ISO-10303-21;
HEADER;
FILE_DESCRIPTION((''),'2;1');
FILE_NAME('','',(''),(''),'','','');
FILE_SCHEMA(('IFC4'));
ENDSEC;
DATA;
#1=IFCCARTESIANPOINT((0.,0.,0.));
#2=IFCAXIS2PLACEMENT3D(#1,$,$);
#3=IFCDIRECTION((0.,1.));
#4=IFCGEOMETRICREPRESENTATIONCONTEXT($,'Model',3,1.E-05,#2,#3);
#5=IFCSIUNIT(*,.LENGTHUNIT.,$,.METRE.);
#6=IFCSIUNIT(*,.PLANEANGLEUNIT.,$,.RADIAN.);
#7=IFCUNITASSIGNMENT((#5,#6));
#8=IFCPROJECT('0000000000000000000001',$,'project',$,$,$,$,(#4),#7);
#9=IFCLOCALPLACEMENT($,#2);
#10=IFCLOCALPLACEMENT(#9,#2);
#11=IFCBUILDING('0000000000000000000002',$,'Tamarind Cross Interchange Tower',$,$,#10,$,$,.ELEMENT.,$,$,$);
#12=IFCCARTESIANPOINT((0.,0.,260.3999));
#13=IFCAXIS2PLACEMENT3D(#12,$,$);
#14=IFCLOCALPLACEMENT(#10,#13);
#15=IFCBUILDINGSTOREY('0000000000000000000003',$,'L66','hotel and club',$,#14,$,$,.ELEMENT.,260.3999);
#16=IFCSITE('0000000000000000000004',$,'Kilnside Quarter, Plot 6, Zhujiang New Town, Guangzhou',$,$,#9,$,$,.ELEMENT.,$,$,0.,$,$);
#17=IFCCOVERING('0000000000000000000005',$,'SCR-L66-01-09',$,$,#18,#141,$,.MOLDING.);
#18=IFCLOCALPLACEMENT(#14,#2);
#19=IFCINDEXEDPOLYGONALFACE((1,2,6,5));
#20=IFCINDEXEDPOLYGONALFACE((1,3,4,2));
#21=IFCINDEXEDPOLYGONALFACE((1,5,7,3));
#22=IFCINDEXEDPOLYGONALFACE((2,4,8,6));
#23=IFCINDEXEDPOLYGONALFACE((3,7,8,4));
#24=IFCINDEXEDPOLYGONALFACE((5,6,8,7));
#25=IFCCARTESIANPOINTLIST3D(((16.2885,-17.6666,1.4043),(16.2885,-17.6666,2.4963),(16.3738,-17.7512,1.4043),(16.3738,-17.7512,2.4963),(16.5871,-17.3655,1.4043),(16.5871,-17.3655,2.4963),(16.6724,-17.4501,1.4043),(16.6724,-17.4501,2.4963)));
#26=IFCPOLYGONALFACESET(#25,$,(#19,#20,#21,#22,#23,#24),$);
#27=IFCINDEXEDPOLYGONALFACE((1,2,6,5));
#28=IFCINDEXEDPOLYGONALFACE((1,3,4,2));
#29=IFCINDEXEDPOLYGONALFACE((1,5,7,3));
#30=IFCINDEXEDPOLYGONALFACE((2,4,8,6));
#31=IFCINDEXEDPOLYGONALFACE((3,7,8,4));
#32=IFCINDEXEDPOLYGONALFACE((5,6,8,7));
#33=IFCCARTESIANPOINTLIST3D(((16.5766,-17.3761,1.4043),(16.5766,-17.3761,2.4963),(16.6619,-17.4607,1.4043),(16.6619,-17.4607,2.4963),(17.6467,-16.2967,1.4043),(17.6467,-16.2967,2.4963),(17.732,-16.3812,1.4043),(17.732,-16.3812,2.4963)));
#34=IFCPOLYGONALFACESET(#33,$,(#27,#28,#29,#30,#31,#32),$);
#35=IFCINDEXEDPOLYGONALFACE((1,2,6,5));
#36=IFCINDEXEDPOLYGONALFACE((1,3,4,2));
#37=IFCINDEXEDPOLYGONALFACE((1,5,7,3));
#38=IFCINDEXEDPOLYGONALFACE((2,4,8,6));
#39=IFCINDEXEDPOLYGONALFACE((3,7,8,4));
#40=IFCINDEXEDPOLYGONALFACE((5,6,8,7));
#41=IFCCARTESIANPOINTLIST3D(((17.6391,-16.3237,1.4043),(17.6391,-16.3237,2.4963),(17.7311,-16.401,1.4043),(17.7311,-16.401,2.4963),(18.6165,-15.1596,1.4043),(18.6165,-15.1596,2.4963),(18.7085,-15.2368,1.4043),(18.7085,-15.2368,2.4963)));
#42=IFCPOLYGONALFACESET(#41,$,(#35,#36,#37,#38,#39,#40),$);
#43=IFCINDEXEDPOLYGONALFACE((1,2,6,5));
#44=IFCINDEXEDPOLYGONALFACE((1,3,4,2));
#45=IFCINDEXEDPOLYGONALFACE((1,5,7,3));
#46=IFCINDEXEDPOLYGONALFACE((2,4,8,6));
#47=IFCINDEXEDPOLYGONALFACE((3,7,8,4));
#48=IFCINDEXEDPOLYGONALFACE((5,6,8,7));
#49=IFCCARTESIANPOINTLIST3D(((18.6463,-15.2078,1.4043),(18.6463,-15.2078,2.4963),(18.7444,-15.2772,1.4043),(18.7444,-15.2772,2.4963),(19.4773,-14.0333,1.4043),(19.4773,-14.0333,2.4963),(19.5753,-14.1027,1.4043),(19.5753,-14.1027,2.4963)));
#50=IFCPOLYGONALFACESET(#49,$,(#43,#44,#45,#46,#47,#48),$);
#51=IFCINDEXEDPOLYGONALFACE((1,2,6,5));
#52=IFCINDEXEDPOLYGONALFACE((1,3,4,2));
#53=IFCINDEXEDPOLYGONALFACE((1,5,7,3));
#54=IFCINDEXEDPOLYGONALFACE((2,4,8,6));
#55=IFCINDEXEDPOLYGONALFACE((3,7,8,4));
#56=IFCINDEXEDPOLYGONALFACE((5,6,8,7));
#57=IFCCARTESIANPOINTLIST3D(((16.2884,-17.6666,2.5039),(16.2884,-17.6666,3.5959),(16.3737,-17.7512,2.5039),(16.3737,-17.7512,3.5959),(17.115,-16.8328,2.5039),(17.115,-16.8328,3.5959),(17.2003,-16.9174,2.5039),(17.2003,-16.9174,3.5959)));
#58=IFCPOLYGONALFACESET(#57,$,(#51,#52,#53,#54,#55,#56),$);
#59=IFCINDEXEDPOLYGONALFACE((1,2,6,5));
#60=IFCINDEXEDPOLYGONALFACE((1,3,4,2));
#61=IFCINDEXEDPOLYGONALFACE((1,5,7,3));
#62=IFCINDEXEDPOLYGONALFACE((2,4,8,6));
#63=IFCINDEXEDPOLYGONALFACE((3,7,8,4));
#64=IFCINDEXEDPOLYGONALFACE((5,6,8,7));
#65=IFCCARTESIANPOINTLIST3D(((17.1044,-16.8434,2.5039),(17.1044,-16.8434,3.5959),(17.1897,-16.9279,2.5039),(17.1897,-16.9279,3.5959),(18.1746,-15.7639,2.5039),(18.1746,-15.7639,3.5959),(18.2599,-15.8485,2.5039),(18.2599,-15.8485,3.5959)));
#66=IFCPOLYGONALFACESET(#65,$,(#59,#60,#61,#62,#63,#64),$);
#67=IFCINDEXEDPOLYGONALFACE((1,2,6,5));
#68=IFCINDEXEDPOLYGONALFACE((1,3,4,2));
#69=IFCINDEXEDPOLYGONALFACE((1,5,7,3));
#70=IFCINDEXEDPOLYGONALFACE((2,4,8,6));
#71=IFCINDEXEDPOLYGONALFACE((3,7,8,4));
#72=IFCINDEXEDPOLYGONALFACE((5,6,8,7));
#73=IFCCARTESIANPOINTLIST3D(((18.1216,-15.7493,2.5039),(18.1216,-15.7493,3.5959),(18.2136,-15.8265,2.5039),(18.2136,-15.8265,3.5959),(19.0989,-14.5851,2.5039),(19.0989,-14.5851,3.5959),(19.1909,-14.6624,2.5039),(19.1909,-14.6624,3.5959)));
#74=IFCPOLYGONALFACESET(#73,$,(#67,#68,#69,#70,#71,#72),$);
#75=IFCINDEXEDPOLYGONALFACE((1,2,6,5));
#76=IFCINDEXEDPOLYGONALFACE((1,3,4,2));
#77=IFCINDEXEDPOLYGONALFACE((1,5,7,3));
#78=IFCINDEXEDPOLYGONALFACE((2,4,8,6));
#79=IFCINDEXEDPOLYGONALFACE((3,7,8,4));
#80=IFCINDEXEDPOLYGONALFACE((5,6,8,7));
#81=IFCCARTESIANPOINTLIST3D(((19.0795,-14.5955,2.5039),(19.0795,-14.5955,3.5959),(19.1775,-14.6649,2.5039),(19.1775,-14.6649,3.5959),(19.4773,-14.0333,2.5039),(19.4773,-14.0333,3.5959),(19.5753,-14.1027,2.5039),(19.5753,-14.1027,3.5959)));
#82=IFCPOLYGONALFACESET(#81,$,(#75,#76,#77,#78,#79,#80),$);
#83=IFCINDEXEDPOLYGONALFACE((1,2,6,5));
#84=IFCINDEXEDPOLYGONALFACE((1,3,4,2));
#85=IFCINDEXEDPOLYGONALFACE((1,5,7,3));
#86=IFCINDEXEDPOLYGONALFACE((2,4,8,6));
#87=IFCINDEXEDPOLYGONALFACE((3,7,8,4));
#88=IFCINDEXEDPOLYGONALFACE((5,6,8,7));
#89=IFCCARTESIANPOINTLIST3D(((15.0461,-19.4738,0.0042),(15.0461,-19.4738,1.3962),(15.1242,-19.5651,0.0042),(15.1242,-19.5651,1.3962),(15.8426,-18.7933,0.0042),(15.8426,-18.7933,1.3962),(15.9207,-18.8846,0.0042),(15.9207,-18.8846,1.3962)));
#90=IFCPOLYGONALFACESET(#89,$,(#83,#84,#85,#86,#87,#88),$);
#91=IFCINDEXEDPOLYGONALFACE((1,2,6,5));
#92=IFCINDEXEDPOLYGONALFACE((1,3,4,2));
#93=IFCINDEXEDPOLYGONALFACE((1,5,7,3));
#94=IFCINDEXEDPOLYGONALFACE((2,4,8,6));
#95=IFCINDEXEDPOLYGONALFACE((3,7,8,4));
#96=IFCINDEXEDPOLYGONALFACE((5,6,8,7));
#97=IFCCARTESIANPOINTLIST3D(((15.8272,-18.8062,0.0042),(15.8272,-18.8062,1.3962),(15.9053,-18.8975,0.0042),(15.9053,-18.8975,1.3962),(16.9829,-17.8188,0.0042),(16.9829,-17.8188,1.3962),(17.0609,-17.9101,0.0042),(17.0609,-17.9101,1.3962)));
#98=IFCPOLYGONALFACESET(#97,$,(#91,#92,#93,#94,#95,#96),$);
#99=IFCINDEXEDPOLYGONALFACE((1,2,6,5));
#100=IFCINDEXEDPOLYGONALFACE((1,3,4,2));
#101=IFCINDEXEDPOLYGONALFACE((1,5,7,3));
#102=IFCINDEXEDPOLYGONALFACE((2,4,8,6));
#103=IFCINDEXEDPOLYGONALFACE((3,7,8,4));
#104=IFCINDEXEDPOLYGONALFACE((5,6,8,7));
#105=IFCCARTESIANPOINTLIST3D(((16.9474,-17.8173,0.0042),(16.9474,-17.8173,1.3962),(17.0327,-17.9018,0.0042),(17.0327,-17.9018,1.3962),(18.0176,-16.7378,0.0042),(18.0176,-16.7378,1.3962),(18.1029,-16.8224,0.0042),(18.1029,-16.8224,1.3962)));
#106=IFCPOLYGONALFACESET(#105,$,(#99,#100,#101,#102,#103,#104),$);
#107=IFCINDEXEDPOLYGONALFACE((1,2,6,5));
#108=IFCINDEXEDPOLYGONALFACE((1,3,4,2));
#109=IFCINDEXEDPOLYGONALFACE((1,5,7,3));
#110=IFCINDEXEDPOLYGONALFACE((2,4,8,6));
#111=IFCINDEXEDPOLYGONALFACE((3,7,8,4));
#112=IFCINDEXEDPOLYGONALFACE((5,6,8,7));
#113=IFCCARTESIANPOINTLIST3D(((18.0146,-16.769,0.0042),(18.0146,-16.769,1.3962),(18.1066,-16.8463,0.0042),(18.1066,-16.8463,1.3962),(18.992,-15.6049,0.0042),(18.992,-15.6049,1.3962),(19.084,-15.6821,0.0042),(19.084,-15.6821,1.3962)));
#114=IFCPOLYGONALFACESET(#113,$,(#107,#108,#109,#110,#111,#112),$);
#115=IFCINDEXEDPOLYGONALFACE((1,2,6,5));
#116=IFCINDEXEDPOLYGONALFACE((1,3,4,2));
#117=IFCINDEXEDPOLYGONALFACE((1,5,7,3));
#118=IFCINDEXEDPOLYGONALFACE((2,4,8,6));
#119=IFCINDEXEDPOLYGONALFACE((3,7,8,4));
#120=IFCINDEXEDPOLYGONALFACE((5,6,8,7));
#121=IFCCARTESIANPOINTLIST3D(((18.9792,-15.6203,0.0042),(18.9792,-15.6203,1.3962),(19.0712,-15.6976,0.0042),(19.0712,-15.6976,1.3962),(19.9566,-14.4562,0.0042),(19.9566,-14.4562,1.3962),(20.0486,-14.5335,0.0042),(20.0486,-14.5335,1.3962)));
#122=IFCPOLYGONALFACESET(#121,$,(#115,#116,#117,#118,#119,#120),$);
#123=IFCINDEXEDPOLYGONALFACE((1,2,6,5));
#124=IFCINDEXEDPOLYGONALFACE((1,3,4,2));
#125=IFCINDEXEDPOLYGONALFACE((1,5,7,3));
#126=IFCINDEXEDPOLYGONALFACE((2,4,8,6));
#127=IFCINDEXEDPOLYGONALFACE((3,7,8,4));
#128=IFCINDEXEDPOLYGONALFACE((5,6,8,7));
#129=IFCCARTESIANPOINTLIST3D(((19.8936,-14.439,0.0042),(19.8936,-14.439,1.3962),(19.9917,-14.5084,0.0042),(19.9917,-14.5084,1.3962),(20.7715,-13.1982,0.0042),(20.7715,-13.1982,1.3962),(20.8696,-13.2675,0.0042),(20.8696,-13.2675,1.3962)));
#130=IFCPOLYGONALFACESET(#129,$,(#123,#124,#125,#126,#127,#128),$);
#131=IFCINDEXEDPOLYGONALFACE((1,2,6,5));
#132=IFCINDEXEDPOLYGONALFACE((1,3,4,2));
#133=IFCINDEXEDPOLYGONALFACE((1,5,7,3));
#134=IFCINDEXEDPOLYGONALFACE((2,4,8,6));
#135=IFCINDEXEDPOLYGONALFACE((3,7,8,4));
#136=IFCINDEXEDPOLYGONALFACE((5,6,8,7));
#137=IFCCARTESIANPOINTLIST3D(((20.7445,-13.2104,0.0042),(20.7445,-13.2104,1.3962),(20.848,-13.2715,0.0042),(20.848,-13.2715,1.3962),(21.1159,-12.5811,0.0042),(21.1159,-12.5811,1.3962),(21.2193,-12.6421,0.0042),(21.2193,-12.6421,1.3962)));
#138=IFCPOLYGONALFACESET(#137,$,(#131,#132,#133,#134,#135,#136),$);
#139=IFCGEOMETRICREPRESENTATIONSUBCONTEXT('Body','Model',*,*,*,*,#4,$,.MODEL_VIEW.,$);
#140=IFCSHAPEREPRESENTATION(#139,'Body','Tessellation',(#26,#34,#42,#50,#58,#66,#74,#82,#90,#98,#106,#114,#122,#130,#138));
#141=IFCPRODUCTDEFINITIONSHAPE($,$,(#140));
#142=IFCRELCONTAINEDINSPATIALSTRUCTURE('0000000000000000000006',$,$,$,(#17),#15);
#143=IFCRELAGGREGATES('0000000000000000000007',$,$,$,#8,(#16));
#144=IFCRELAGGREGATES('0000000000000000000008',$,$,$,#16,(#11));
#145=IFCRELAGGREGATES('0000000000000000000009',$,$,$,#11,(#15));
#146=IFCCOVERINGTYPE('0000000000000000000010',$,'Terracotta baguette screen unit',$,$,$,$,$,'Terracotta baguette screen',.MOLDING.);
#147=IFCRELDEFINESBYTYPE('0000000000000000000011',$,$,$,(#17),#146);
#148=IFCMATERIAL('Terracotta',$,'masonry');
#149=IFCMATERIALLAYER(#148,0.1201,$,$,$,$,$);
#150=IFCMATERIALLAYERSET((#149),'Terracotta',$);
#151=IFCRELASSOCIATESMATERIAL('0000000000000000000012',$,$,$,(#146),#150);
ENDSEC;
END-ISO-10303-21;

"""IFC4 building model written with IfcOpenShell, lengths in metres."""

from ifc_helpers import new_model, si_unit, direction, frame, origin, origin_2d, place, context, subcontext, project, spatial, rectangle, extrude, material, layer, layer_set, type_object, element, save


model = new_model("IFC4")

# Units and contexts
model_context = context("Model", 3, precision=1e-05, world=origin(), true_north=direction((0.0, 1.0)))
body_context = subcontext(model_context, "Body", "Model", "MODEL_VIEW")
ifc_project = project(units=[si_unit("LENGTHUNIT", "METRE"), si_unit("PLANEANGLEUNIT", "RADIAN")], contexts=[model_context])

# Site, building, storey
site_placement = place(None, origin())
site = spatial("IfcSite", under=ifc_project, at=site_placement, Name="Kilnside Quarter, Plot 6, Zhujiang New Town, Guangzhou", CompositionType="ELEMENT", RefElevation=0.0)
building_placement = place(site_placement, origin())
building = spatial("IfcBuilding", under=site, at=building_placement, Name="Tamarind Cross Interchange Tower", CompositionType="ELEMENT")
storey_placement = place(building_placement, frame((0.0, 0.0, 260.3999)))
storey = spatial("IfcBuildingStorey", under=building, at=storey_placement, Name="L66", Description="hotel and club", CompositionType="ELEMENT", Elevation=260.3999)

# Covering
ifc_material_1 = material(Name="Terracotta", Category="masonry")
ifc_layer_1 = layer(ifc_material_1, 0.1201)
ifc_layer_set_1 = layer_set([ifc_layer_1], Name="Terracotta")
covering_type = type_object("IfcCoveringType", Name="Terracotta baguette screen unit", ElementType="Terracotta baguette screen", PredefinedType="MOLDING", material=ifc_layer_set_1)
covering_1_placement = place(storey_placement, origin())
element("IfcCovering", 1, at=covering_1_placement, inside=storey, type_object=covering_type, Name="SCR-L66-01-09", PredefinedType="MOLDING", context=body_context, shape_type="SweptSolid", body=[
    extrude(rectangle(XDim=0.4241, YDim=0.1201, at=origin_2d()), frame((16.4805, -17.5583, 1.4043), z_axis=(0.0, 0.0, 1.0), x_axis=(0.704057, 0.710143, 0.0)), (0.0, 0.0, 1.0), 1.092),
    extrude(rectangle(XDim=1.52, YDim=0.1201, at=origin_2d()), frame((17.1543, -16.8787, 1.4043), z_axis=(0.0, 0.0, 1.0), x_axis=(0.704057, 0.710143, 0.0)), (0.0, 0.0, 1.0), 1.092),
    extrude(rectangle(XDim=1.52, YDim=0.1201, at=origin_2d()), frame((18.1738, -15.7803, 1.4043), z_axis=(0.0, 0.0, 1.0), x_axis=(0.643009, 0.765858, 0.0)), (0.0, 0.0, 1.0), 1.092),
    extrude(rectangle(XDim=1.4387, YDim=0.1201, at=origin_2d()), frame((19.1108, -14.6553, 1.4043), z_axis=(0.0, 0.0, 1.0), x_axis=(0.577569, 0.816342, 0.0)), (0.0, 0.0, 1.0), 1.092),
    extrude(rectangle(XDim=1.1741, YDim=0.1201, at=origin_2d()), frame((16.7444, -17.292, 2.5039), z_axis=(0.0, 0.0, 1.0), x_axis=(0.704057, 0.710143, 0.0)), (0.0, 0.0, 1.0), 1.092),
    extrude(rectangle(XDim=1.52, YDim=0.1201, at=origin_2d()), frame((17.6821, -16.3459, 2.5039), z_axis=(0.0, 0.0, 1.0), x_axis=(0.704057, 0.710143, 0.0)), (0.0, 0.0, 1.0), 1.092),
    extrude(rectangle(XDim=1.52, YDim=0.1201, at=origin_2d()), frame((18.6562, -15.2058, 2.5039), z_axis=(0.0, 0.0, 1.0), x_axis=(0.643009, 0.765858, 0.0)), (0.0, 0.0, 1.0), 1.092),
    extrude(rectangle(XDim=0.6887, YDim=0.1201, at=origin_2d()), frame((19.3274, -14.3491, 2.5039), z_axis=(0.0, 0.0, 1.0), x_axis=(0.577569, 0.816342, 0.0)), (0.0, 0.0, 1.0), 1.092),
    extrude(rectangle(XDim=1.0476, YDim=0.1201, at=origin_2d()), frame((15.4834, -19.1792, 0.0042), z_axis=(0.0, 0.0, 1.0), x_axis=(0.760296, 0.649577, 0.0)), (0.0, 0.0, 1.0), 1.3921),
    extrude(rectangle(XDim=1.52, YDim=0.1201, at=origin_2d()), frame((16.4441, -18.3582, 0.0042), z_axis=(0.0, 0.0, 1.0), x_axis=(0.760296, 0.649577, 0.0)), (0.0, 0.0, 1.0), 1.3921),
    extrude(rectangle(XDim=1.52, YDim=0.1201, at=origin_2d()), frame((17.5251, -17.3198, 0.0042), z_axis=(0.0, 0.0, 1.0), x_axis=(0.704057, 0.710143, 0.0)), (0.0, 0.0, 1.0), 1.3921),
    extrude(rectangle(XDim=1.52, YDim=0.1201, at=origin_2d()), frame((18.5493, -16.2256, 0.0042), z_axis=(0.0, 0.0, 1.0), x_axis=(0.643009, 0.765858, 0.0)), (0.0, 0.0, 1.0), 1.3921),
    extrude(rectangle(XDim=1.52, YDim=0.1201, at=origin_2d()), frame((19.5139, -15.0769, 0.0042), z_axis=(0.0, 0.0, 1.0), x_axis=(0.643009, 0.765858, 0.0)), (0.0, 0.0, 1.0), 1.3921),
    extrude(rectangle(XDim=1.52, YDim=0.1201, at=origin_2d()), frame((20.3816, -13.8533, 0.0042), z_axis=(0.0, 0.0, 1.0), x_axis=(0.577569, 0.816342, 0.0)), (0.0, 0.0, 1.0), 1.3921),
    extrude(rectangle(XDim=0.7307, YDim=0.1201, at=origin_2d()), frame((20.9819, -12.9263, 0.0042), z_axis=(0.0, 0.0, 1.0), x_axis=(0.508183, 0.861249, 0.0)), (0.0, 0.0, 1.0), 1.3921),
])

save(model, "model.ifc")
